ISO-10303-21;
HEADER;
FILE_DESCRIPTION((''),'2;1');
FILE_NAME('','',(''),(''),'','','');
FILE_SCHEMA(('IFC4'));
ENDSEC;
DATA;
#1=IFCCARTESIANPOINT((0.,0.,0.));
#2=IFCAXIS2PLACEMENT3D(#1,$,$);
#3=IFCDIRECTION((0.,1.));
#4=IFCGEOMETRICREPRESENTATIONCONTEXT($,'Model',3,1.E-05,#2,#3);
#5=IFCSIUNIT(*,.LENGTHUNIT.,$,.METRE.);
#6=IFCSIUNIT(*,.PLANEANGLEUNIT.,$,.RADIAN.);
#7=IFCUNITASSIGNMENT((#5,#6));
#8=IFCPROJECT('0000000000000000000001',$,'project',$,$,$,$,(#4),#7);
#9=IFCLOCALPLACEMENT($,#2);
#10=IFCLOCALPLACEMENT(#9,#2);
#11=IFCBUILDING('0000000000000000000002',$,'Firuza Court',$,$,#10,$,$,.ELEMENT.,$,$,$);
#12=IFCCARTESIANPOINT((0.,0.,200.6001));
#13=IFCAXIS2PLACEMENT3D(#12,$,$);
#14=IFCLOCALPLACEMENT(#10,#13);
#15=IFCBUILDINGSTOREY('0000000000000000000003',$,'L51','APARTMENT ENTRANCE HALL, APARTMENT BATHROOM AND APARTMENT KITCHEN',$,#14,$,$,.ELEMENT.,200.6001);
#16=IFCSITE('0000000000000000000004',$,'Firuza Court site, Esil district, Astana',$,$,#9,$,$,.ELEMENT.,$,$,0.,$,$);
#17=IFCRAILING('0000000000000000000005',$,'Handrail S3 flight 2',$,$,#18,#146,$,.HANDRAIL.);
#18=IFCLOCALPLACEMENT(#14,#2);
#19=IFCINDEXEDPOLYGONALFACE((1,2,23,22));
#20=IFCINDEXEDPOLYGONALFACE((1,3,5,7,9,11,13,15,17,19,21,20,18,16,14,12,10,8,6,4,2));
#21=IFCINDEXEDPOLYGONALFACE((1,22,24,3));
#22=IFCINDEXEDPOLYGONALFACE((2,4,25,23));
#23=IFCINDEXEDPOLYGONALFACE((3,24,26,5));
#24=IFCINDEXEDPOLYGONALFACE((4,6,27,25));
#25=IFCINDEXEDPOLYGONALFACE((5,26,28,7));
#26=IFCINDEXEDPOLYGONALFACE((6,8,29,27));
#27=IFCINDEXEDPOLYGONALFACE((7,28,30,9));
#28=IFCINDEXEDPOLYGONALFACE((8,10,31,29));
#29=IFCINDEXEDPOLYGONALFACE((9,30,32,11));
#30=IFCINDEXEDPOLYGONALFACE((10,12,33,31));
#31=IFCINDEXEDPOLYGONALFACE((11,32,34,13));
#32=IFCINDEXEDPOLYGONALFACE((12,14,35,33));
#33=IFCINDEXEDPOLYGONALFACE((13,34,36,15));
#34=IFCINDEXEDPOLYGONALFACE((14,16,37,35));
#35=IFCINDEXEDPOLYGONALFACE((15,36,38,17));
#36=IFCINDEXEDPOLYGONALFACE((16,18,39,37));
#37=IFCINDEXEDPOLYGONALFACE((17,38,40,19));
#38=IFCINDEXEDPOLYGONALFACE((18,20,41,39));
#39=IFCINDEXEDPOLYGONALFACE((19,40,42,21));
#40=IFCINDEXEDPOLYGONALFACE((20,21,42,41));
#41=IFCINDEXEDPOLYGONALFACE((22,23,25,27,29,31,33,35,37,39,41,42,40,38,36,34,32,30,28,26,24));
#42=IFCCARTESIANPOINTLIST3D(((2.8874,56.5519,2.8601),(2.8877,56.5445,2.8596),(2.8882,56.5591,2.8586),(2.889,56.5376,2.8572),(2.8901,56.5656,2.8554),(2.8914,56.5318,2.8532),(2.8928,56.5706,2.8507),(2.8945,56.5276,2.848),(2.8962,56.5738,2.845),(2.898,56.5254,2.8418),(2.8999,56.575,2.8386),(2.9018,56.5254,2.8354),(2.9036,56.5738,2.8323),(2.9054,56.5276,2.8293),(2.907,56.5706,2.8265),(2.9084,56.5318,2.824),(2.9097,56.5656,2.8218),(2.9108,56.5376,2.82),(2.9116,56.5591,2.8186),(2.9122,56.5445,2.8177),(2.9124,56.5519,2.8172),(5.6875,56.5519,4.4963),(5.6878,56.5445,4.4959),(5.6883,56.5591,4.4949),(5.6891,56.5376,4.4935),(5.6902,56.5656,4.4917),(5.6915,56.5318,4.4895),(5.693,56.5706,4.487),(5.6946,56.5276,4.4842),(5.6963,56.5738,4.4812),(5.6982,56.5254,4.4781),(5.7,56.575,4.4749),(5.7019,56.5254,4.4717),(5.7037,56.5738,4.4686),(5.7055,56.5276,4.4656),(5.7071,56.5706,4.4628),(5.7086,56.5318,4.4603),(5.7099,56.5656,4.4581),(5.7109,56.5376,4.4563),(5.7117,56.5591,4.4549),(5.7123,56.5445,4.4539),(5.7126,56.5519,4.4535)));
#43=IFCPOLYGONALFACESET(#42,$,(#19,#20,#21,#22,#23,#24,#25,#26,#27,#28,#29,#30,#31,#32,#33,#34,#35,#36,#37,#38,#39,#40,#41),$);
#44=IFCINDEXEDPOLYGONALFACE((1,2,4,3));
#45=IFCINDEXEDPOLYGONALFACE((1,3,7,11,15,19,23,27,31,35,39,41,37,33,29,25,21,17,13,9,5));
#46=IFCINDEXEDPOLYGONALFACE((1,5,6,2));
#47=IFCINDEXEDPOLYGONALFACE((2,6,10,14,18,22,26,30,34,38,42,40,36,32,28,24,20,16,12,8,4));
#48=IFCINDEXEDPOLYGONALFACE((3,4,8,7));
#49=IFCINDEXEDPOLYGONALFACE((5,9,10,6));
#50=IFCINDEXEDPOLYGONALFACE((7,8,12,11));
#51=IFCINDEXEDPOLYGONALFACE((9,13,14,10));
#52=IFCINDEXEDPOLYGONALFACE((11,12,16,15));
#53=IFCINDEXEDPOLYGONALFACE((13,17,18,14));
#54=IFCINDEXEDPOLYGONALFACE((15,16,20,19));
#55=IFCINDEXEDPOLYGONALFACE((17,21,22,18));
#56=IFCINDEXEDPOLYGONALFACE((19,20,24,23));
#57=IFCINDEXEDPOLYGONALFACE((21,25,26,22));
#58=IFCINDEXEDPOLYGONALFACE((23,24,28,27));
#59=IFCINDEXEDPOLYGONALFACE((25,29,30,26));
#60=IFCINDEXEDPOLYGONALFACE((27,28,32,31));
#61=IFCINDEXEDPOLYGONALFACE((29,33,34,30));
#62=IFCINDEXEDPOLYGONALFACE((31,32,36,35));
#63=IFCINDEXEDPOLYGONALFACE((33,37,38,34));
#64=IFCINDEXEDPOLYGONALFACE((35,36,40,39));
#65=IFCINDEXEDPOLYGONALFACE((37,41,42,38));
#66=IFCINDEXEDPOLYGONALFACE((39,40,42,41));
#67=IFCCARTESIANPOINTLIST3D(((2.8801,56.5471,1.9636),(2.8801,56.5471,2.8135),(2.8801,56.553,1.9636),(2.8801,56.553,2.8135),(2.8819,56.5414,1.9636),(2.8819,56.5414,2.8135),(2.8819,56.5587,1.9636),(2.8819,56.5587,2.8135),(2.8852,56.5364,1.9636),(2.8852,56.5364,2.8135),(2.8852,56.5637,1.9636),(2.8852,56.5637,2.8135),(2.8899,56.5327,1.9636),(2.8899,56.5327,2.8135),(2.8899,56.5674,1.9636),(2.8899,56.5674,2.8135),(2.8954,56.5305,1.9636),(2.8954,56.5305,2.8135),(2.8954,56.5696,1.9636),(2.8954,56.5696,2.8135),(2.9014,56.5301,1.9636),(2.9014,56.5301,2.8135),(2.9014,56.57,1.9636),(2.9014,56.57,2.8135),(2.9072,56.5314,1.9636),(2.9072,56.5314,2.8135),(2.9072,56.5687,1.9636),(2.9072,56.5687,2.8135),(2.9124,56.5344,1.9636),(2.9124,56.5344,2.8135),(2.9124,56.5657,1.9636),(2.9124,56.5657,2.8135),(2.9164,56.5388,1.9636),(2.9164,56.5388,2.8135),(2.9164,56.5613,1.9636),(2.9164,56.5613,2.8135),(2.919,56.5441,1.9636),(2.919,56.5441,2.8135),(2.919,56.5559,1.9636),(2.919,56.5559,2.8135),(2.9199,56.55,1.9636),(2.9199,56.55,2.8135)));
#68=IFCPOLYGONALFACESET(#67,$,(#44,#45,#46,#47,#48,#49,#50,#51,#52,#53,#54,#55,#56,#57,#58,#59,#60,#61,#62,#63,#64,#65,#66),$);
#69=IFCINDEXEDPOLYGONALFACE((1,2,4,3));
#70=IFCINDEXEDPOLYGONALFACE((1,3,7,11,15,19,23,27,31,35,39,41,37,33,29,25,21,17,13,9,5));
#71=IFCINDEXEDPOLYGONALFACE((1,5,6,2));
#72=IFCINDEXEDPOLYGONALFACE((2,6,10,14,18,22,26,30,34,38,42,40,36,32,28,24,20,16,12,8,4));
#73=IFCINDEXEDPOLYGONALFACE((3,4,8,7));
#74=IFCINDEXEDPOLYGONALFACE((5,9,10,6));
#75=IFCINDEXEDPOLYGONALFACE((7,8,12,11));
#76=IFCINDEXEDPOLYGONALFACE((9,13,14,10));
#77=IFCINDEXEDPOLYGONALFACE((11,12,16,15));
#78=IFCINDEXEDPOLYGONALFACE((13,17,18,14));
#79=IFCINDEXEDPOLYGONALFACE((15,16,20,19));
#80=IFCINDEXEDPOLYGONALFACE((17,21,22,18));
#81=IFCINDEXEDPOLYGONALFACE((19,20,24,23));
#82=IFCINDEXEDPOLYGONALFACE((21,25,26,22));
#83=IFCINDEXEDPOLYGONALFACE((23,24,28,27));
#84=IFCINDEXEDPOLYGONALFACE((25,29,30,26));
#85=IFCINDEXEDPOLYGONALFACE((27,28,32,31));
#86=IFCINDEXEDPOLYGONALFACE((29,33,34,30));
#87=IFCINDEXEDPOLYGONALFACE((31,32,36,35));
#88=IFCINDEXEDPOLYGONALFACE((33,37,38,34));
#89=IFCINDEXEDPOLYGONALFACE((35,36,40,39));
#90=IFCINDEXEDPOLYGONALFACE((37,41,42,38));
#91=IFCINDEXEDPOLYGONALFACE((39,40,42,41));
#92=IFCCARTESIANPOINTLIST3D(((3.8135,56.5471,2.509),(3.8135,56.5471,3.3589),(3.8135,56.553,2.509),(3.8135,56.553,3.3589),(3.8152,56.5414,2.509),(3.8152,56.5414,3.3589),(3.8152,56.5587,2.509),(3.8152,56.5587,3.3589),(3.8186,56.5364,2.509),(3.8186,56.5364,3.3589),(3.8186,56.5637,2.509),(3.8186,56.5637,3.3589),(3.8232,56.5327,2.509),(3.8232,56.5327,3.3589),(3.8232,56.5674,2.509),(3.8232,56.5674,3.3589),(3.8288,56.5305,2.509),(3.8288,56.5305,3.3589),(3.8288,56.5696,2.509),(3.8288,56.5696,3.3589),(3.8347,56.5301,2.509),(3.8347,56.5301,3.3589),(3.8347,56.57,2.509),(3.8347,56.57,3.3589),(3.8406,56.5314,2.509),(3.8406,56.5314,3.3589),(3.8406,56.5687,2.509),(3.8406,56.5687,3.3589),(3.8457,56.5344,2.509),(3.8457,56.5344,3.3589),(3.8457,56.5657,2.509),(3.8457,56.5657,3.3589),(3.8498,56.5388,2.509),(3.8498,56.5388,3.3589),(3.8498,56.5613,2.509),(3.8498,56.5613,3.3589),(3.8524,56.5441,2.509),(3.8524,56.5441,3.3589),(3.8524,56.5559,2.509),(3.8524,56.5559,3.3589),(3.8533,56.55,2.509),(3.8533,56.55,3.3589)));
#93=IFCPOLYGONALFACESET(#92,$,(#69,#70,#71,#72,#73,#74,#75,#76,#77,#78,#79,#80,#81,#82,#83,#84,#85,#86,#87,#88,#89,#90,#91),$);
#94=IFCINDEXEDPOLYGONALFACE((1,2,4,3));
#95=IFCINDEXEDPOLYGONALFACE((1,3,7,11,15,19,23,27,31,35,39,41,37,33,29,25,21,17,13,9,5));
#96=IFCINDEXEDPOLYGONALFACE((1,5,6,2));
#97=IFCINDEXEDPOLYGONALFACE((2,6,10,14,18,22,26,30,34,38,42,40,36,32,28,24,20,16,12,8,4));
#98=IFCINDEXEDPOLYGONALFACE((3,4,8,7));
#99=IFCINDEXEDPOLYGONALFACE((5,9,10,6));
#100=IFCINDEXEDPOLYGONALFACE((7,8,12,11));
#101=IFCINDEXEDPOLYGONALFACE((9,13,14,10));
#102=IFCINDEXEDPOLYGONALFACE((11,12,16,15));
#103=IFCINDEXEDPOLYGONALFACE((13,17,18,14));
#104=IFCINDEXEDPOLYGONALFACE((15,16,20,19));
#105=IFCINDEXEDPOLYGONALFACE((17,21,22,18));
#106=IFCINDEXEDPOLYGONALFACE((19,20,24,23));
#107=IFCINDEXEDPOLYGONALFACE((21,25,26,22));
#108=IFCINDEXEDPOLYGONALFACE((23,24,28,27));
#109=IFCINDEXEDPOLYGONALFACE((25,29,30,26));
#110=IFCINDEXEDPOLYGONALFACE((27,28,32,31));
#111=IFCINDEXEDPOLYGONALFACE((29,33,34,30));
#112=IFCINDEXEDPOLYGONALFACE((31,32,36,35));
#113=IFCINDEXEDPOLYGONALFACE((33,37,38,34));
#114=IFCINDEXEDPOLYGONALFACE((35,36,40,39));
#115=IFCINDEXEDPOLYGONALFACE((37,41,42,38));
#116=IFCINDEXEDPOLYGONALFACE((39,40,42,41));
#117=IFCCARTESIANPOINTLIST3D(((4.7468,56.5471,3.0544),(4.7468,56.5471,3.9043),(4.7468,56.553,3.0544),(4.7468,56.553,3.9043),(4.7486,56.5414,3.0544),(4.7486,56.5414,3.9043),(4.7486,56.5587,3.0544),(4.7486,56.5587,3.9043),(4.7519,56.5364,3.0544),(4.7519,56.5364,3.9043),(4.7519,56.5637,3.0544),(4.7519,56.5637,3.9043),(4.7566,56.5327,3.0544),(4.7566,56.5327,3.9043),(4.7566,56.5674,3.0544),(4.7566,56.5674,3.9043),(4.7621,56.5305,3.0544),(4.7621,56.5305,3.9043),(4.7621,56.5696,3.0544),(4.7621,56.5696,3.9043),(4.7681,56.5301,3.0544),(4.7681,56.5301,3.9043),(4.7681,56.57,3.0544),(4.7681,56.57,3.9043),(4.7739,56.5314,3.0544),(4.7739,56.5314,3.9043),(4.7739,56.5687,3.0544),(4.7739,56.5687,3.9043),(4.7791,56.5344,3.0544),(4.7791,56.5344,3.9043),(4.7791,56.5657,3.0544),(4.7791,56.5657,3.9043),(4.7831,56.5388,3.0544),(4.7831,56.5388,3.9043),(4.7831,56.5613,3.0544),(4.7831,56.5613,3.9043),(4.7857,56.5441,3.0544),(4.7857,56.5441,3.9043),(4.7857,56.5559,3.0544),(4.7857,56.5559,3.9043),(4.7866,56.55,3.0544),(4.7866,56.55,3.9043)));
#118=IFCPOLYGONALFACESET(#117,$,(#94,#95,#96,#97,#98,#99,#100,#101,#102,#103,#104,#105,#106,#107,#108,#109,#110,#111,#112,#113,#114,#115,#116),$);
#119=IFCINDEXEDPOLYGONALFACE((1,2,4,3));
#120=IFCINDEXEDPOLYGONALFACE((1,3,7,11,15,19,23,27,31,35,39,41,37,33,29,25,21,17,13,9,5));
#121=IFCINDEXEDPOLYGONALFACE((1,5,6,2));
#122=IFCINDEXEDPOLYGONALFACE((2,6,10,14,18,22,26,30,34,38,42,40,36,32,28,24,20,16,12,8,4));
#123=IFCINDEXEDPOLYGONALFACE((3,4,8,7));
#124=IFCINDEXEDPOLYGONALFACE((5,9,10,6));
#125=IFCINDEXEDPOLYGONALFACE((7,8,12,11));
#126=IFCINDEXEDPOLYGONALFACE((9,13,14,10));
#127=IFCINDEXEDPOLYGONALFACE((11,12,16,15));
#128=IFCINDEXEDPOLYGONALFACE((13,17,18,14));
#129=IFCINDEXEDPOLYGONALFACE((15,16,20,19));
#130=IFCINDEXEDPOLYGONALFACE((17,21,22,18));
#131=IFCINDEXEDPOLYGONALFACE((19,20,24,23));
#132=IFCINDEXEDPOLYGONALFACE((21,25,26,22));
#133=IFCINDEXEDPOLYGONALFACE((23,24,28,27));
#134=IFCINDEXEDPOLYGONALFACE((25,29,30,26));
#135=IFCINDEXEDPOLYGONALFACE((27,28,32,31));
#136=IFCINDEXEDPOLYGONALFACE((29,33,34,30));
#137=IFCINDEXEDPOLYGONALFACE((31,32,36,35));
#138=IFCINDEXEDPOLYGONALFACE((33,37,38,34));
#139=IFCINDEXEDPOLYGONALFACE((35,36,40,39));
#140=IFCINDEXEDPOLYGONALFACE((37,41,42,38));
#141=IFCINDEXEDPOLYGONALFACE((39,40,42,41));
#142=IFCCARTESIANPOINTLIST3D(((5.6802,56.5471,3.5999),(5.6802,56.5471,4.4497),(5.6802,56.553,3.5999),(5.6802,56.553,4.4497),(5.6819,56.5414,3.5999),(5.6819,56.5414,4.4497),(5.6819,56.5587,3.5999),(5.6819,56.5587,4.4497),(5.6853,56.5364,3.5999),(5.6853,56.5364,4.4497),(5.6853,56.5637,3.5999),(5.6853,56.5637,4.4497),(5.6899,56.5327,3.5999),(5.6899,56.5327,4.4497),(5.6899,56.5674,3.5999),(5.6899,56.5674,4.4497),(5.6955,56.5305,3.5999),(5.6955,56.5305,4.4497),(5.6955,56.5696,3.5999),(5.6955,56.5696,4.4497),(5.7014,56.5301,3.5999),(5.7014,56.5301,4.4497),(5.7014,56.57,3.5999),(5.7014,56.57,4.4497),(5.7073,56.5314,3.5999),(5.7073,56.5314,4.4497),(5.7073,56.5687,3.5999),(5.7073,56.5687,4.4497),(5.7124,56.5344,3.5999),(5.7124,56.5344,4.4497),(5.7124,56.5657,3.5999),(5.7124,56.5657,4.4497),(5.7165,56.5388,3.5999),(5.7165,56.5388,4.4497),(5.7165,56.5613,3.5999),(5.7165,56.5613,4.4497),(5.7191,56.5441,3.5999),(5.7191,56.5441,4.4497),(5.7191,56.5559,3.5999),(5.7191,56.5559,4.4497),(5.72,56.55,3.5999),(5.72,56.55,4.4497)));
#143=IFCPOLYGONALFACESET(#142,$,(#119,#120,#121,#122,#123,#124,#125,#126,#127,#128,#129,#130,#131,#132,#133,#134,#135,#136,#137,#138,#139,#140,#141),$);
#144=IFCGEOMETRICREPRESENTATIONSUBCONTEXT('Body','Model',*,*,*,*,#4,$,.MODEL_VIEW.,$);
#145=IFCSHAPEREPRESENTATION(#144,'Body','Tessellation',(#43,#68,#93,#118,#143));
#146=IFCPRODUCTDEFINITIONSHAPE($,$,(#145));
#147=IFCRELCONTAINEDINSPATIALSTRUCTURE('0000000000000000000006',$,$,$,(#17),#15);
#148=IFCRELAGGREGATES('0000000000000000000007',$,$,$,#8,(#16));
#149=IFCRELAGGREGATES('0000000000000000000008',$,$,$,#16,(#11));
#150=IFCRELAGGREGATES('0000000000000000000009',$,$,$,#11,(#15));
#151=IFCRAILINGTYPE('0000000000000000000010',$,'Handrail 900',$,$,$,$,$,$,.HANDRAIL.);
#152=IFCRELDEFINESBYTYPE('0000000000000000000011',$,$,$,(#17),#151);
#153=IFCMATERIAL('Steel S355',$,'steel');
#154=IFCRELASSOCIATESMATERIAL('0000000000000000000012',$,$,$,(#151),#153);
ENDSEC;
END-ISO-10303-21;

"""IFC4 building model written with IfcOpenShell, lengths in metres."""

from ifc_helpers import new_model, si_unit, direction, frame, origin, origin_2d, place, context, subcontext, project, spatial, circle, extrude, material, type_object, element, save


model = new_model("IFC4")

# Units and contexts
model_context = context("Model", 3, precision=1e-05, world=origin(), true_north=direction((0.0, 1.0)))
body_context = subcontext(model_context, "Body", "Model", "MODEL_VIEW")
ifc_project = project(units=[si_unit("LENGTHUNIT", "METRE"), si_unit("PLANEANGLEUNIT", "RADIAN")], contexts=[model_context])

# Site, building, storey
site_placement = place(None, origin())
site = spatial("IfcSite", under=ifc_project, at=site_placement, Name="Firuza Court site, Esil district, Astana", CompositionType="ELEMENT", RefElevation=0.0)
building_placement = place(site_placement, origin())
building = spatial("IfcBuilding", under=site, at=building_placement, Name="Firuza Court", CompositionType="ELEMENT")
storey_placement = place(building_placement, frame((0.0, 0.0, 200.6001)))
storey = spatial("IfcBuildingStorey", under=building, at=storey_placement, Name="L51", Description="APARTMENT ENTRANCE HALL, APARTMENT BATHROOM AND APARTMENT KITCHEN", CompositionType="ELEMENT", Elevation=200.6001)

# Railing
ifc_material_1 = material(Name="Steel S355", Category="steel")
railing_type_1 = type_object("IfcRailingType", Name="Handrail 900", PredefinedType="HANDRAIL", material=ifc_material_1)
railing_1_placement = place(storey_placement, frame((2.8999, 56.55, 1.9636)))
element("IfcRailing", 1, at=railing_1_placement, inside=storey, type_object=railing_type_1, Name="Handrail S3 flight 2", PredefinedType="HANDRAIL", context=body_context, shape_type="SweptSolid", body=[
    extrude(circle(Radius=0.0249, at=origin_2d()), frame((0.0, 0.0, 0.875), z_axis=(0.863394, 0.0, 0.504531), x_axis=(0.0, 1.0, 0.0)), (0.0, 0.0, 1.0), 3.2432),
    extrude(circle(Radius=0.02, at=origin_2d()), origin(), (0.0, 0.0, 1.0), 0.8499),
    extrude(circle(Radius=0.02, at=origin_2d()), frame((0.9333, 0.0, 0.5454)), (0.0, 0.0, 1.0), 0.8499),
    extrude(circle(Radius=0.02, at=origin_2d()), frame((1.8667, 0.0, 1.0908)), (0.0, 0.0, 1.0), 0.8499),
    extrude(circle(Radius=0.02, at=origin_2d()), frame((2.8, 0.0, 1.6362)), (0.0, 0.0, 1.0), 0.8499),
])

save(model, "model.ifc")
